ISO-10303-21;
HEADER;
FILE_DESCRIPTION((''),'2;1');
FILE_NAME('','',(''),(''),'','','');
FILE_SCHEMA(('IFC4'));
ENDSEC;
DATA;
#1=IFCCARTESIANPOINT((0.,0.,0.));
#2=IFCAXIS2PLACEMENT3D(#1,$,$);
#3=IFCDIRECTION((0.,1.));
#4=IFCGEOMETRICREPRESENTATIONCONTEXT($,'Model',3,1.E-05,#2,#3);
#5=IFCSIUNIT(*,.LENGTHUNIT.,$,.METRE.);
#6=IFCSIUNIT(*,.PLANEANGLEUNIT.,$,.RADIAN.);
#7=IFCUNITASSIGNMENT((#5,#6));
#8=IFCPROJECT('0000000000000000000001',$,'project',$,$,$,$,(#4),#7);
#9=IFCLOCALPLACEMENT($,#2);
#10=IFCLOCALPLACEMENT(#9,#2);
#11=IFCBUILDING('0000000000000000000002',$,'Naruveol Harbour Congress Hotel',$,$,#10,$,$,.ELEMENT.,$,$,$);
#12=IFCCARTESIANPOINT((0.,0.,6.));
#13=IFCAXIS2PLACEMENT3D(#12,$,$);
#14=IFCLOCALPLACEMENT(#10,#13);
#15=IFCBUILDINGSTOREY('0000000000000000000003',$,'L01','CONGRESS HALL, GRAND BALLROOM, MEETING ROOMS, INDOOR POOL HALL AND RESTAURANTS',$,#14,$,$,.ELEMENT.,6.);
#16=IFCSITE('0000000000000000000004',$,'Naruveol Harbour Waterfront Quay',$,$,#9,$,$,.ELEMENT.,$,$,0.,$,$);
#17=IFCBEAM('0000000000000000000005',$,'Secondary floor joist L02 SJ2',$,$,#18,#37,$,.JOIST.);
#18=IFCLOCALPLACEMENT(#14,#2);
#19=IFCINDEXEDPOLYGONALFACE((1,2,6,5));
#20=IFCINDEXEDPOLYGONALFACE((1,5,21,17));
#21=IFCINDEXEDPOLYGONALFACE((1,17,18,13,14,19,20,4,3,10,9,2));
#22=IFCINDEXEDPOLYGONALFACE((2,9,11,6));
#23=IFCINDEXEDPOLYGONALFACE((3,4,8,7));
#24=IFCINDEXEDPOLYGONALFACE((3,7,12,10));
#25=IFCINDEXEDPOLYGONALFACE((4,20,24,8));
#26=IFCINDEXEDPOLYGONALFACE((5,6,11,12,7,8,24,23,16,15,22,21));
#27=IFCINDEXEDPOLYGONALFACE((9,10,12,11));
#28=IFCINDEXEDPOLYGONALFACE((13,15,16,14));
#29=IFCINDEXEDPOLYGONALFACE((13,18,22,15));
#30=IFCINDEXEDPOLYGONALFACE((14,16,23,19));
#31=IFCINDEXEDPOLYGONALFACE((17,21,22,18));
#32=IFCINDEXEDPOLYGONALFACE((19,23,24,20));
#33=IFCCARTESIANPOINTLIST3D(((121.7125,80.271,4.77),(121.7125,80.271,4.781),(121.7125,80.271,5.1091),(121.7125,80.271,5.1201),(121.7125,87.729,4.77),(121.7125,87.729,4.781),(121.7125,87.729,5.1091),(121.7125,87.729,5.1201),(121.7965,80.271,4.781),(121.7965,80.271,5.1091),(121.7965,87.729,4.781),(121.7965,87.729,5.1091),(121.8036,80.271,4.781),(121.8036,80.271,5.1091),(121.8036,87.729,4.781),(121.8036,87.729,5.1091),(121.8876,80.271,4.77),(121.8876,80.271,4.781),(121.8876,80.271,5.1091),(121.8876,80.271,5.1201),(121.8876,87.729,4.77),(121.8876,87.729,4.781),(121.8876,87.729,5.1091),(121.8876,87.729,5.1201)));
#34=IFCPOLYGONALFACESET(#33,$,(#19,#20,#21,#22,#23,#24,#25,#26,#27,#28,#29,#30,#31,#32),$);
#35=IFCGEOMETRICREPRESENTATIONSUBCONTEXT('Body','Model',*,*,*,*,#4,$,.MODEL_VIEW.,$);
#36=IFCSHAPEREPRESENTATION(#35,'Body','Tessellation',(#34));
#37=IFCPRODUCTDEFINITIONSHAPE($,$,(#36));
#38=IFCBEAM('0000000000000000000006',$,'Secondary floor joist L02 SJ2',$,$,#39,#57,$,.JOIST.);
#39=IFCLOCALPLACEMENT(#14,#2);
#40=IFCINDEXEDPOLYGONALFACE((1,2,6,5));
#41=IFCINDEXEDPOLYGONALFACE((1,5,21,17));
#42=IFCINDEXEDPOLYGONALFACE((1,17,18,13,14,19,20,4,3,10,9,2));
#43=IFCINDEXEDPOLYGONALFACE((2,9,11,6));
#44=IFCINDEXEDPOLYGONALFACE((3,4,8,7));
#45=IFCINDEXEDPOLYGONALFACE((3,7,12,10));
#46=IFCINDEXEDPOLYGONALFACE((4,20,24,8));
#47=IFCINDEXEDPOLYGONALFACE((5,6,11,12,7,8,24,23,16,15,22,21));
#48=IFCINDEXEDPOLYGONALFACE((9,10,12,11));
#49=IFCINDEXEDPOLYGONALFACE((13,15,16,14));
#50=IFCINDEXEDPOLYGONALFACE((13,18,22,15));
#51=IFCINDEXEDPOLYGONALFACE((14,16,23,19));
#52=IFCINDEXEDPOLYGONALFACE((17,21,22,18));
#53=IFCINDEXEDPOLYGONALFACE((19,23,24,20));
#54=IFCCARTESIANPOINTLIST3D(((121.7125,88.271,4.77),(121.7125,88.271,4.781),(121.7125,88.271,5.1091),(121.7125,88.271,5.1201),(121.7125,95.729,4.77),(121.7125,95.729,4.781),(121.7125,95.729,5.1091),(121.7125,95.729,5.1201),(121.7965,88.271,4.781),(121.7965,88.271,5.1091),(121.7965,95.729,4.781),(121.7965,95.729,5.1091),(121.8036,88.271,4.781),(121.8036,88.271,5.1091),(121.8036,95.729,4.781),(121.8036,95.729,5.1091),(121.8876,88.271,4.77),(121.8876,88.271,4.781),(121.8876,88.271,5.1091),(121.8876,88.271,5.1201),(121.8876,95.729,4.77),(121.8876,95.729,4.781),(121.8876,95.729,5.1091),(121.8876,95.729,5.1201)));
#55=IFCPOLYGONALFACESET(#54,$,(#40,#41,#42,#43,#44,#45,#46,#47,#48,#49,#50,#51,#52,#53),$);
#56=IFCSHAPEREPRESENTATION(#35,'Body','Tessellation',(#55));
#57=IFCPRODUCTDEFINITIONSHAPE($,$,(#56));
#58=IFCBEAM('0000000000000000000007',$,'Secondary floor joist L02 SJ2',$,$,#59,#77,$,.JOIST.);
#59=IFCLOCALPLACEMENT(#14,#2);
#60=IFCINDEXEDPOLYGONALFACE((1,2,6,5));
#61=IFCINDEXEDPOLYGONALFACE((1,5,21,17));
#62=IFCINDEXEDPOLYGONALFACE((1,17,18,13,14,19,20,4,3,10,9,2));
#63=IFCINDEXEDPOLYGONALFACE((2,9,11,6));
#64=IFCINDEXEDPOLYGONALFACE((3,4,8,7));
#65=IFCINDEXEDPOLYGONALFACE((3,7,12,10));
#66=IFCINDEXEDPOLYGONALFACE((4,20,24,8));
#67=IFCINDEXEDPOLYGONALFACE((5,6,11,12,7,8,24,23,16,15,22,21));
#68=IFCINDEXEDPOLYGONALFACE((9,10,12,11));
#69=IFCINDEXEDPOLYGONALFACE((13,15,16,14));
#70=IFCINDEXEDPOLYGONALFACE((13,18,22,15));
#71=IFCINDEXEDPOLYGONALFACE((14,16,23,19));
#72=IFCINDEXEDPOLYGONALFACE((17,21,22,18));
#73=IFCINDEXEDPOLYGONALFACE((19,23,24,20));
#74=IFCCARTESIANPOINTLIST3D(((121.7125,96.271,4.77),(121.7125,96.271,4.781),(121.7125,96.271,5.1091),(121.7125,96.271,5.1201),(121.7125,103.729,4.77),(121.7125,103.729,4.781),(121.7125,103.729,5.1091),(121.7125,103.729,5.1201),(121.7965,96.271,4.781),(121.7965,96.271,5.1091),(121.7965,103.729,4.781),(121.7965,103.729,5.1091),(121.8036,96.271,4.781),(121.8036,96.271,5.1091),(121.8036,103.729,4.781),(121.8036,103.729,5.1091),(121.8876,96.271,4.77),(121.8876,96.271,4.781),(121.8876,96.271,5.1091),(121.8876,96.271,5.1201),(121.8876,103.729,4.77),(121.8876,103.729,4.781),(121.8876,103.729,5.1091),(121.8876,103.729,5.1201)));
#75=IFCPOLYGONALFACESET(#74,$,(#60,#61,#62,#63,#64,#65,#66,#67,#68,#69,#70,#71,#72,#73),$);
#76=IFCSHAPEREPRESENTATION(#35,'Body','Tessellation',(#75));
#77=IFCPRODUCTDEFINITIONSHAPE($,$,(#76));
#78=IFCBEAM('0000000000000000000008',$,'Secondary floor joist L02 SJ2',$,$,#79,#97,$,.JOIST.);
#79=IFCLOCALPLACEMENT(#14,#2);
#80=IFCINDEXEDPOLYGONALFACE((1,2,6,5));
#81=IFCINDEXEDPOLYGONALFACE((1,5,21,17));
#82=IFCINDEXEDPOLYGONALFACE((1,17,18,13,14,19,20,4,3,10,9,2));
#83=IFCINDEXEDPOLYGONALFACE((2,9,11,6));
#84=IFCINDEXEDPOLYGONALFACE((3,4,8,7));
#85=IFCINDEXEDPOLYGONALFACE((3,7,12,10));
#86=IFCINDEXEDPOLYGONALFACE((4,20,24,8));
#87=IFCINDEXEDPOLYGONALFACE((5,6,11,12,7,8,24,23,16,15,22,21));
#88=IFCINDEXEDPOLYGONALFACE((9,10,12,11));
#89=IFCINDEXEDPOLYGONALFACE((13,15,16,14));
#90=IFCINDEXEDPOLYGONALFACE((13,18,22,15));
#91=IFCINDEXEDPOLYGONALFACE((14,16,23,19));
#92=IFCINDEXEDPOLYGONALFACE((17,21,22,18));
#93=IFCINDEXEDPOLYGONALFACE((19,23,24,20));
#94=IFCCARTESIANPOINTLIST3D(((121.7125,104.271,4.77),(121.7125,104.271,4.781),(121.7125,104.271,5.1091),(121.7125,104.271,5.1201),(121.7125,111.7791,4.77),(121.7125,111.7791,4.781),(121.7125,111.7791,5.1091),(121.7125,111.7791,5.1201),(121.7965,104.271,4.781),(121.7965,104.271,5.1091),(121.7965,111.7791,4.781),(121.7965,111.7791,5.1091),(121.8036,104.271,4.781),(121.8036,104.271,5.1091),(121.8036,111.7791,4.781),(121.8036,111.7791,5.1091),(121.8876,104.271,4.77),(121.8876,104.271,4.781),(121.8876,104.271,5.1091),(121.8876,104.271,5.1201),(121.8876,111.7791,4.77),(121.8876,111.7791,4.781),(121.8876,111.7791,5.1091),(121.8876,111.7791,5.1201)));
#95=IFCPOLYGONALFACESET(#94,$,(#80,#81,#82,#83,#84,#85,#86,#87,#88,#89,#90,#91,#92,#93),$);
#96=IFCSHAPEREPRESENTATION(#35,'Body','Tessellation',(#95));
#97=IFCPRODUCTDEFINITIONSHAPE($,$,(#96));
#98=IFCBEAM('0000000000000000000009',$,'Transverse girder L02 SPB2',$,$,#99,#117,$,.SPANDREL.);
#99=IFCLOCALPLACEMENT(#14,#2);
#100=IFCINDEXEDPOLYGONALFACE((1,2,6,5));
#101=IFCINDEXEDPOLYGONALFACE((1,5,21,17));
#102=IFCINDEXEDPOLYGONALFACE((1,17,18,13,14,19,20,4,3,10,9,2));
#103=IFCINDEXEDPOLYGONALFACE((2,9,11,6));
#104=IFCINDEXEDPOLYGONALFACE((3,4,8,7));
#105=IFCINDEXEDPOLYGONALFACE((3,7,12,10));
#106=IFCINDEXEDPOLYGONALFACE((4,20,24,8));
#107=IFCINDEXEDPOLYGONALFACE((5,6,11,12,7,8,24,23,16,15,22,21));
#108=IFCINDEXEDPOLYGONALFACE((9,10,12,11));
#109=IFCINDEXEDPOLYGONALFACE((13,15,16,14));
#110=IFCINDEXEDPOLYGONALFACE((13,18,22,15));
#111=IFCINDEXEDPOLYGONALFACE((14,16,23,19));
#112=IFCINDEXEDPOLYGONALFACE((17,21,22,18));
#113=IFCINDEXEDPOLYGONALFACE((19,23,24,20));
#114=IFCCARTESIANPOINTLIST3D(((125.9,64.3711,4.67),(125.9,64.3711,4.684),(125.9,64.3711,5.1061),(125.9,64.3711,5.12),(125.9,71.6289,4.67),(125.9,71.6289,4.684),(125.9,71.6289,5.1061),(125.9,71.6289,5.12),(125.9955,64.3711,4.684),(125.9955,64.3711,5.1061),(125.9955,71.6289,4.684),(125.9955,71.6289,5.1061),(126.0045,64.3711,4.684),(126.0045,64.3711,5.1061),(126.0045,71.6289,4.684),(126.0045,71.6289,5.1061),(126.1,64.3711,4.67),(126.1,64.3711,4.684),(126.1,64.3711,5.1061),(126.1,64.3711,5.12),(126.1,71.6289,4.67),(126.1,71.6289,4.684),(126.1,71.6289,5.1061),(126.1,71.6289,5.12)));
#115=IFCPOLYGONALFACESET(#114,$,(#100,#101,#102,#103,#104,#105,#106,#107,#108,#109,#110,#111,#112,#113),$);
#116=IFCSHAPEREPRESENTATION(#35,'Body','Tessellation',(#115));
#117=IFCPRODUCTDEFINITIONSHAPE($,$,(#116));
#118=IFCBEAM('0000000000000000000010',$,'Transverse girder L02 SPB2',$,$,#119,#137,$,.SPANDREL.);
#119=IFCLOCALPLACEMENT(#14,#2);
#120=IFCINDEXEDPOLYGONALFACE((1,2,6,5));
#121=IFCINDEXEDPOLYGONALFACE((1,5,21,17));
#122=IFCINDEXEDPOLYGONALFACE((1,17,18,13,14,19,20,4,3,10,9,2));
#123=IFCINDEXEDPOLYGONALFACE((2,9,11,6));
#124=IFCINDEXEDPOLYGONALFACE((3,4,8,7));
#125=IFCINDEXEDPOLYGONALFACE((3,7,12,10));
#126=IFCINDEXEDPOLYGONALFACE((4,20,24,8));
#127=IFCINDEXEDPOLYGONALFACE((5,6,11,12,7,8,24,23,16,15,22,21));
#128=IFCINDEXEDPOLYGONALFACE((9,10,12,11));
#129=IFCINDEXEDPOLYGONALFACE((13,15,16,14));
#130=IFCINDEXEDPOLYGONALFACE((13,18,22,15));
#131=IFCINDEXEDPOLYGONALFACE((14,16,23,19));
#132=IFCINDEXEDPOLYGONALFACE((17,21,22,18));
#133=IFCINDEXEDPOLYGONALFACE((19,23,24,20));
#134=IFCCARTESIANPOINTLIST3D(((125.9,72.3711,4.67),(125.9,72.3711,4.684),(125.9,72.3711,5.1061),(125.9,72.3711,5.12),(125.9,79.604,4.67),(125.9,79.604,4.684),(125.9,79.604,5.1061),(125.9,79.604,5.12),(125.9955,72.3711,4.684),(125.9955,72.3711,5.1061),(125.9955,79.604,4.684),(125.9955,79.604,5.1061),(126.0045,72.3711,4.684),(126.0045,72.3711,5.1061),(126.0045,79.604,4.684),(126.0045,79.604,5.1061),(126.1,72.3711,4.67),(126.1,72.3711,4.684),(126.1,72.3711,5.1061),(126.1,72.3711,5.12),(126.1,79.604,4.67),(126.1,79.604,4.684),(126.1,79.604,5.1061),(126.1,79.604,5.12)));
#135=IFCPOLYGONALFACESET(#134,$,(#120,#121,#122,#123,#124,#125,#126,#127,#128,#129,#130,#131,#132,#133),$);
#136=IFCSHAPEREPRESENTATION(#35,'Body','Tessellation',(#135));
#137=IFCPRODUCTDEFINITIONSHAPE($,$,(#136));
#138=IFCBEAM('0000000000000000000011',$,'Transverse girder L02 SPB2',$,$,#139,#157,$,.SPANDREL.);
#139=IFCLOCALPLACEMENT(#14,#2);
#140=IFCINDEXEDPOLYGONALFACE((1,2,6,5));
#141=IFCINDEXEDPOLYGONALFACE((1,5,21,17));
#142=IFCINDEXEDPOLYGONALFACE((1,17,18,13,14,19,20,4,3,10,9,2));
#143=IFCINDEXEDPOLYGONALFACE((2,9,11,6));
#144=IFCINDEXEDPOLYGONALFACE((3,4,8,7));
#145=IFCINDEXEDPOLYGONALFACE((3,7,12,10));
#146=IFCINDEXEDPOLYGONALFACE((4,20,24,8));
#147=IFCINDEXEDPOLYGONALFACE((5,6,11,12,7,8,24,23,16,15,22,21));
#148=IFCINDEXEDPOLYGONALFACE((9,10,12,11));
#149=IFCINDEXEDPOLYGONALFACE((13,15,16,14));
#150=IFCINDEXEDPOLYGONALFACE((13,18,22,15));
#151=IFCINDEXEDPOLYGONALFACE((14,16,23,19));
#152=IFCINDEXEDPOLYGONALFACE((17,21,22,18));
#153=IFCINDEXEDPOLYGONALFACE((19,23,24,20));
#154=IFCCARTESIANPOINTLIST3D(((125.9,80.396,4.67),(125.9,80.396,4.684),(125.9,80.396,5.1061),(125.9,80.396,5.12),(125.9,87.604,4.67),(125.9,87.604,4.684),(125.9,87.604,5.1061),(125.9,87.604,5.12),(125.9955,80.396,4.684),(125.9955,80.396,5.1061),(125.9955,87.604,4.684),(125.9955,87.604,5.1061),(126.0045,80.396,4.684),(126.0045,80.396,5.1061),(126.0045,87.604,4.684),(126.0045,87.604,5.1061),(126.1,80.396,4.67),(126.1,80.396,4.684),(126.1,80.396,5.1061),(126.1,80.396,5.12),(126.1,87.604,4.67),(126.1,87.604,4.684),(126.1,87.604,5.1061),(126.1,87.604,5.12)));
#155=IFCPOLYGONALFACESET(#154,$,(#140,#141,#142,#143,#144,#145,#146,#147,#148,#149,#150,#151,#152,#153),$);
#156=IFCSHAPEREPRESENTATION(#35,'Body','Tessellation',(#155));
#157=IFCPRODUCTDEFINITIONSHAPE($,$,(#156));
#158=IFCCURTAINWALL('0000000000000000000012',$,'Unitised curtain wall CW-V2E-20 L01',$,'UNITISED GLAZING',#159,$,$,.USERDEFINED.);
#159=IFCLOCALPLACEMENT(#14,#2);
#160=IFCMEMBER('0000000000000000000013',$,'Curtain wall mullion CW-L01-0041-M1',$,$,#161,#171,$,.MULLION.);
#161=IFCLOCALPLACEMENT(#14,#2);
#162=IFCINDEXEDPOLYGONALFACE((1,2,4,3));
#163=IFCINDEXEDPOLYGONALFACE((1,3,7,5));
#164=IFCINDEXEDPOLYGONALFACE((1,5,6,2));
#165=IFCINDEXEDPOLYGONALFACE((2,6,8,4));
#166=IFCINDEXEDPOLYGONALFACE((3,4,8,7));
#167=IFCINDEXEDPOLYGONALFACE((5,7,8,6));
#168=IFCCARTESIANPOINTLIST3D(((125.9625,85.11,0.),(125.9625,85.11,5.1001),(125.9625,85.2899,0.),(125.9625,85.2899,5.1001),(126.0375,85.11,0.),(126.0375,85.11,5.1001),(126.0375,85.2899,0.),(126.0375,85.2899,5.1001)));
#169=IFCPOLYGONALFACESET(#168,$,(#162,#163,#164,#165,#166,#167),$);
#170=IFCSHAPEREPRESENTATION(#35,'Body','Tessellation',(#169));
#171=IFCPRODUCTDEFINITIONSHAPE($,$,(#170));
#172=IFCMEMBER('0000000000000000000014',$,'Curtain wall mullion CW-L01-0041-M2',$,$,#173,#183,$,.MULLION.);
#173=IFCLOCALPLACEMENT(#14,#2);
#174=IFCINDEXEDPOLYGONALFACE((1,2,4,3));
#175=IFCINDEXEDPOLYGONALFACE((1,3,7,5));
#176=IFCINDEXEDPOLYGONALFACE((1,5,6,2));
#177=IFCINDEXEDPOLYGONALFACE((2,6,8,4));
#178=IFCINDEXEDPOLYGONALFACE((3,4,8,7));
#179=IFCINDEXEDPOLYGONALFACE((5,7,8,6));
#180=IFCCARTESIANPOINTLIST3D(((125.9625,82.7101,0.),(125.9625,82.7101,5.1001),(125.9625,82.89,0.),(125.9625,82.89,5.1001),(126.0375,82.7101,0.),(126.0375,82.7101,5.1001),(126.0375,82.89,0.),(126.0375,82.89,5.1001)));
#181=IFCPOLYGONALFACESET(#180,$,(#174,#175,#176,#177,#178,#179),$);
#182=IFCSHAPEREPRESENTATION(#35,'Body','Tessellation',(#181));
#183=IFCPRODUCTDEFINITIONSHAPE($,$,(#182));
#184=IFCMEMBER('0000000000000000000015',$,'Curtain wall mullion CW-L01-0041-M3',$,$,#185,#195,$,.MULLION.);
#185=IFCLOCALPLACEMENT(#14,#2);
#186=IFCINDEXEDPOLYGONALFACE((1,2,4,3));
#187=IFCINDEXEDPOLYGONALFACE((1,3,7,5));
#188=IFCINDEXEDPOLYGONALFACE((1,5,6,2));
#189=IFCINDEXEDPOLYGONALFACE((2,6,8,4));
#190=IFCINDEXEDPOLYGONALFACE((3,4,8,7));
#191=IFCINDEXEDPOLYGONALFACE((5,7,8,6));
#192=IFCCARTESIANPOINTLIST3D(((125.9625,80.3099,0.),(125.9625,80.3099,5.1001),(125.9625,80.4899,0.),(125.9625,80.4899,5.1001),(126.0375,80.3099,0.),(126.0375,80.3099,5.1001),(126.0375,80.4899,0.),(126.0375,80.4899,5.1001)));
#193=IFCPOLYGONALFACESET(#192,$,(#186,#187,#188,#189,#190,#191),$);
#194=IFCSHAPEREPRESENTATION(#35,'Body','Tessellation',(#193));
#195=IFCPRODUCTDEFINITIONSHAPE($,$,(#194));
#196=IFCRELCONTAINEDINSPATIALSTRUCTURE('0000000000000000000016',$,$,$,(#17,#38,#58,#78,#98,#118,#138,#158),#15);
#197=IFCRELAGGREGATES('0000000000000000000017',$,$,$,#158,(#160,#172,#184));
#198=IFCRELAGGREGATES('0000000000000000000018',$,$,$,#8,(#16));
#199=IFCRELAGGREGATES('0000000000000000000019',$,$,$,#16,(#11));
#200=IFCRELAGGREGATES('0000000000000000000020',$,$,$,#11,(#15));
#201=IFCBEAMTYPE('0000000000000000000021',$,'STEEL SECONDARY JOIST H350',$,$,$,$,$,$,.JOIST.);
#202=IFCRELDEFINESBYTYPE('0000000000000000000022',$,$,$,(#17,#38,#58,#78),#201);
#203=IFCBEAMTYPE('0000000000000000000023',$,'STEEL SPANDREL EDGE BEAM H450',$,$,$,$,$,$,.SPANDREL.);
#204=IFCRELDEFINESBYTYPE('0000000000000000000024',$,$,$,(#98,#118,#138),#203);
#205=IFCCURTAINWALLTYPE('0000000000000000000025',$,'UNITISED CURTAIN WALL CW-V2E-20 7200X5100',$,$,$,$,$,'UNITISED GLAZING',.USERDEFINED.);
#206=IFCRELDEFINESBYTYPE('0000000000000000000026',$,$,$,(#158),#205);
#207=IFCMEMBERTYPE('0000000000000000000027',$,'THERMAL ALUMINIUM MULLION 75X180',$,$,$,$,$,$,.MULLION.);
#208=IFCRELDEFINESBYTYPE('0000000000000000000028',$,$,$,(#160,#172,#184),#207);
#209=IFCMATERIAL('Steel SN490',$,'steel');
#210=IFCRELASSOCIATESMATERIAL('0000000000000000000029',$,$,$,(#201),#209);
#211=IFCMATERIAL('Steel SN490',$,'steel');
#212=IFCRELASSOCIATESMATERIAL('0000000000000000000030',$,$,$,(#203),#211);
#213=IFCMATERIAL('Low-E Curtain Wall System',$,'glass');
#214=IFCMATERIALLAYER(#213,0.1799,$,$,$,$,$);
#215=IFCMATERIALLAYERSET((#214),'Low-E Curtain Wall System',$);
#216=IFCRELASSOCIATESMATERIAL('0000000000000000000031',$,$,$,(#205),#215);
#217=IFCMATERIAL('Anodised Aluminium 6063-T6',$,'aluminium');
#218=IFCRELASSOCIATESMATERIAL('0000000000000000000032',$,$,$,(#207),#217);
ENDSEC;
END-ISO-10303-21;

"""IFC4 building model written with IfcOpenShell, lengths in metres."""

from ifc_helpers import new_model, si_unit, direction, frame, origin, origin_2d, place, context, subcontext, project, spatial, rectangle, i_section, extrude, material, layer, layer_set, material_profile, profile_set, type_object, element, aggregate, save


model = new_model("IFC4")

# Units and contexts
model_context = context("Model", 3, precision=1e-05, world=origin(), true_north=direction((0.0, 1.0)))
body_context = subcontext(model_context, "Body", "Model", "MODEL_VIEW")
ifc_project = project(units=[si_unit("LENGTHUNIT", "METRE"), si_unit("PLANEANGLEUNIT", "RADIAN")], contexts=[model_context])

# Site, building, storey
site_placement = place(None, origin())
site = spatial("IfcSite", under=ifc_project, at=site_placement, Name="Naruveol Harbour Waterfront Quay", CompositionType="ELEMENT", RefElevation=0.0)
building_placement = place(site_placement, origin())
building = spatial("IfcBuilding", under=site, at=building_placement, Name="Naruveol Harbour Congress Hotel", CompositionType="ELEMENT")
storey_placement = place(building_placement, frame((0.0, 0.0, 6.0)))
storey = spatial("IfcBuildingStorey", under=building, at=storey_placement, Name="L01", Description="CONGRESS HALL, GRAND BALLROOM, MEETING ROOMS, INDOOR POOL HALL AND RESTAURANTS", CompositionType="ELEMENT", Elevation=6.0)

# Beams
ifc_material_1 = material(Name="Steel SN490", Category="steel")
ifc_material_profile_1 = material_profile(ifc_material_1, i_section(OverallWidth=0.175, OverallDepth=0.3501, WebThickness=0.0071, FlangeThickness=0.011, at=origin_2d()), Name="H-350x175x7x11")
ifc_profile_set_1 = profile_set([ifc_material_profile_1], Name="Steel SN490")
beam_type_1 = type_object("IfcBeamType", Name="STEEL SECONDARY JOIST H350", PredefinedType="JOIST", material=ifc_profile_set_1)
for number, where, z_axis, x_axis, name in (
    (1, (121.8, 80.271, 4.9451), (0.0, 1.0, 0.0), (-1.0, 0.0, 0.0), "Secondary floor joist L02 SJ2"),
    (2, (121.8, 88.271, 4.9451), (0.0, 1.0, 0.0), (-1.0, 0.0, 0.0), "Secondary floor joist L02 SJ2"),
    (3, (121.8, 96.271, 4.9451), (0.0, 1.0, 0.0), (-1.0, 0.0, 0.0), "Secondary floor joist L02 SJ2"),
):
    element("IfcBeam", number, at=place(storey_placement, frame(where, z_axis=z_axis, x_axis=x_axis)), inside=storey, type_object=beam_type_1, Name=name, PredefinedType="JOIST", context=body_context, shape_type="SweptSolid", body=[
        extrude(i_section(OverallWidth=0.175, OverallDepth=0.3501, WebThickness=0.0071, FlangeThickness=0.011, at=origin_2d()), origin(), (0.0, 0.0, 1.0), 7.458),
    ])
beam_1_placement = place(storey_placement, frame((121.8, 104.271, 4.9451), z_axis=(0.0, 1.0, 0.0), x_axis=(-1.0, 0.0, 0.0)))
element("IfcBeam", 4, at=beam_1_placement, inside=storey, type_object=beam_type_1, Name="Secondary floor joist L02 SJ2", PredefinedType="JOIST", context=body_context, shape_type="SweptSolid", body=[
    extrude(i_section(OverallWidth=0.175, OverallDepth=0.3501, WebThickness=0.0071, FlangeThickness=0.011, at=origin_2d()), origin(), (0.0, 0.0, 1.0), 7.5081),
])
ifc_material_2 = material(Name="Steel SN490", Category="steel")
ifc_material_profile_2 = material_profile(ifc_material_2, i_section(OverallWidth=0.2, OverallDepth=0.45, WebThickness=0.009, FlangeThickness=0.0139, at=origin_2d()), Name="H-450x200x9x14")
ifc_profile_set_2 = profile_set([ifc_material_profile_2], Name="Steel SN490")
beam_type_2 = type_object("IfcBeamType", Name="STEEL SPANDREL EDGE BEAM H450", PredefinedType="SPANDREL", material=ifc_profile_set_2)
beam_2_placement = place(storey_placement, frame((126.0, 64.3711, 4.895), z_axis=(0.0, 1.0, 0.0), x_axis=(-1.0, 0.0, 0.0)))
element("IfcBeam", 5, at=beam_2_placement, inside=storey, type_object=beam_type_2, Name="Transverse girder L02 SPB2", PredefinedType="SPANDREL", context=body_context, shape_type="SweptSolid", body=[
    extrude(i_section(OverallWidth=0.2, OverallDepth=0.45, WebThickness=0.009, FlangeThickness=0.0139, at=origin_2d()), origin(), (0.0, 0.0, 1.0), 7.2578),
])
beam_3_placement = place(storey_placement, frame((126.0, 72.3711, 4.895), z_axis=(0.0, 1.0, 0.0), x_axis=(-1.0, 0.0, 0.0)))
element("IfcBeam", 6, at=beam_3_placement, inside=storey, type_object=beam_type_2, Name="Transverse girder L02 SPB2", PredefinedType="SPANDREL", context=body_context, shape_type="SweptSolid", body=[
    extrude(i_section(OverallWidth=0.2, OverallDepth=0.45, WebThickness=0.009, FlangeThickness=0.0139, at=origin_2d()), origin(), (0.0, 0.0, 1.0), 7.2329),
])
beam_4_placement = place(storey_placement, frame((126.0, 80.396, 4.895), z_axis=(0.0, 1.0, 0.0), x_axis=(-1.0, 0.0, 0.0)))
element("IfcBeam", 7, at=beam_4_placement, inside=storey, type_object=beam_type_2, Name="Transverse girder L02 SPB2", PredefinedType="SPANDREL", context=body_context, shape_type="SweptSolid", body=[
    extrude(i_section(OverallWidth=0.2, OverallDepth=0.45, WebThickness=0.009, FlangeThickness=0.0139, at=origin_2d()), origin(), (0.0, 0.0, 1.0), 7.208),
])

# Curtain wall, members
ifc_material_3 = material(Name="Low-E Curtain Wall System", Category="glass")
ifc_layer_1 = layer(ifc_material_3, 0.1799)
ifc_layer_set_1 = layer_set([ifc_layer_1], Name="Low-E Curtain Wall System")
curtain_wall_type = type_object("IfcCurtainWallType", Name="UNITISED CURTAIN WALL CW-V2E-20 7200X5100", ElementType="UNITISED GLAZING", PredefinedType="USERDEFINED", material=ifc_layer_set_1)
curtain_wall_placement = place(storey_placement, origin())
curtain_wall = element("IfcCurtainWall", 8, at=curtain_wall_placement, inside=storey, type_object=curtain_wall_type, Name="Unitised curtain wall CW-V2E-20 L01", ObjectType="UNITISED GLAZING", PredefinedType="USERDEFINED")
ifc_material_4 = material(Name="Anodised Aluminium 6063-T6", Category="aluminium")
ifc_material_profile_3 = material_profile(ifc_material_4, rectangle(XDim=0.075, YDim=0.1799, at=origin_2d()), Name="ALU-75x180")
ifc_profile_set_3 = profile_set([ifc_material_profile_3], Name="Anodised Aluminium 6063-T6")
member_type_1 = type_object("IfcMemberType", Name="THERMAL ALUMINIUM MULLION 75X180", PredefinedType="MULLION", material=ifc_profile_set_3)
member_1_placement = place(storey_placement, frame((126.0, 85.2, 0.0), z_axis=(0.0, 0.0, 1.0), x_axis=(1.0, 0.0, 0.0)))
member_1 = element("IfcMember", 9, at=member_1_placement, type_object=member_type_1, Name="Curtain wall mullion CW-L01-0041-M1", PredefinedType="MULLION", context=body_context, shape_type="SweptSolid", body=[
    extrude(rectangle(XDim=0.075, YDim=0.1799, at=origin_2d()), origin(), (0.0, 0.0, 1.0), 5.1001),
])
member_2_placement = place(storey_placement, frame((126.0, 82.8, 0.0), z_axis=(0.0, 0.0, 1.0), x_axis=(1.0, 0.0, 0.0)))
member_2 = element("IfcMember", 10, at=member_2_placement, type_object=member_type_1, Name="Curtain wall mullion CW-L01-0041-M2", PredefinedType="MULLION", context=body_context, shape_type="SweptSolid", body=[
    extrude(rectangle(XDim=0.075, YDim=0.1799, at=origin_2d()), origin(), (0.0, 0.0, 1.0), 5.1001),
])
member_3_placement = place(storey_placement, frame((126.0, 80.3999, 0.0), z_axis=(0.0, 0.0, 1.0), x_axis=(1.0, 0.0, 0.0)))
member_3 = element("IfcMember", 11, at=member_3_placement, type_object=member_type_1, Name="Curtain wall mullion CW-L01-0041-M3", PredefinedType="MULLION", context=body_context, shape_type="SweptSolid", body=[
    extrude(rectangle(XDim=0.075, YDim=0.1799, at=origin_2d()), origin(), (0.0, 0.0, 1.0), 5.1001),
])
aggregate(curtain_wall, [member_1, member_2, member_3])

save(model, "model.ifc")
